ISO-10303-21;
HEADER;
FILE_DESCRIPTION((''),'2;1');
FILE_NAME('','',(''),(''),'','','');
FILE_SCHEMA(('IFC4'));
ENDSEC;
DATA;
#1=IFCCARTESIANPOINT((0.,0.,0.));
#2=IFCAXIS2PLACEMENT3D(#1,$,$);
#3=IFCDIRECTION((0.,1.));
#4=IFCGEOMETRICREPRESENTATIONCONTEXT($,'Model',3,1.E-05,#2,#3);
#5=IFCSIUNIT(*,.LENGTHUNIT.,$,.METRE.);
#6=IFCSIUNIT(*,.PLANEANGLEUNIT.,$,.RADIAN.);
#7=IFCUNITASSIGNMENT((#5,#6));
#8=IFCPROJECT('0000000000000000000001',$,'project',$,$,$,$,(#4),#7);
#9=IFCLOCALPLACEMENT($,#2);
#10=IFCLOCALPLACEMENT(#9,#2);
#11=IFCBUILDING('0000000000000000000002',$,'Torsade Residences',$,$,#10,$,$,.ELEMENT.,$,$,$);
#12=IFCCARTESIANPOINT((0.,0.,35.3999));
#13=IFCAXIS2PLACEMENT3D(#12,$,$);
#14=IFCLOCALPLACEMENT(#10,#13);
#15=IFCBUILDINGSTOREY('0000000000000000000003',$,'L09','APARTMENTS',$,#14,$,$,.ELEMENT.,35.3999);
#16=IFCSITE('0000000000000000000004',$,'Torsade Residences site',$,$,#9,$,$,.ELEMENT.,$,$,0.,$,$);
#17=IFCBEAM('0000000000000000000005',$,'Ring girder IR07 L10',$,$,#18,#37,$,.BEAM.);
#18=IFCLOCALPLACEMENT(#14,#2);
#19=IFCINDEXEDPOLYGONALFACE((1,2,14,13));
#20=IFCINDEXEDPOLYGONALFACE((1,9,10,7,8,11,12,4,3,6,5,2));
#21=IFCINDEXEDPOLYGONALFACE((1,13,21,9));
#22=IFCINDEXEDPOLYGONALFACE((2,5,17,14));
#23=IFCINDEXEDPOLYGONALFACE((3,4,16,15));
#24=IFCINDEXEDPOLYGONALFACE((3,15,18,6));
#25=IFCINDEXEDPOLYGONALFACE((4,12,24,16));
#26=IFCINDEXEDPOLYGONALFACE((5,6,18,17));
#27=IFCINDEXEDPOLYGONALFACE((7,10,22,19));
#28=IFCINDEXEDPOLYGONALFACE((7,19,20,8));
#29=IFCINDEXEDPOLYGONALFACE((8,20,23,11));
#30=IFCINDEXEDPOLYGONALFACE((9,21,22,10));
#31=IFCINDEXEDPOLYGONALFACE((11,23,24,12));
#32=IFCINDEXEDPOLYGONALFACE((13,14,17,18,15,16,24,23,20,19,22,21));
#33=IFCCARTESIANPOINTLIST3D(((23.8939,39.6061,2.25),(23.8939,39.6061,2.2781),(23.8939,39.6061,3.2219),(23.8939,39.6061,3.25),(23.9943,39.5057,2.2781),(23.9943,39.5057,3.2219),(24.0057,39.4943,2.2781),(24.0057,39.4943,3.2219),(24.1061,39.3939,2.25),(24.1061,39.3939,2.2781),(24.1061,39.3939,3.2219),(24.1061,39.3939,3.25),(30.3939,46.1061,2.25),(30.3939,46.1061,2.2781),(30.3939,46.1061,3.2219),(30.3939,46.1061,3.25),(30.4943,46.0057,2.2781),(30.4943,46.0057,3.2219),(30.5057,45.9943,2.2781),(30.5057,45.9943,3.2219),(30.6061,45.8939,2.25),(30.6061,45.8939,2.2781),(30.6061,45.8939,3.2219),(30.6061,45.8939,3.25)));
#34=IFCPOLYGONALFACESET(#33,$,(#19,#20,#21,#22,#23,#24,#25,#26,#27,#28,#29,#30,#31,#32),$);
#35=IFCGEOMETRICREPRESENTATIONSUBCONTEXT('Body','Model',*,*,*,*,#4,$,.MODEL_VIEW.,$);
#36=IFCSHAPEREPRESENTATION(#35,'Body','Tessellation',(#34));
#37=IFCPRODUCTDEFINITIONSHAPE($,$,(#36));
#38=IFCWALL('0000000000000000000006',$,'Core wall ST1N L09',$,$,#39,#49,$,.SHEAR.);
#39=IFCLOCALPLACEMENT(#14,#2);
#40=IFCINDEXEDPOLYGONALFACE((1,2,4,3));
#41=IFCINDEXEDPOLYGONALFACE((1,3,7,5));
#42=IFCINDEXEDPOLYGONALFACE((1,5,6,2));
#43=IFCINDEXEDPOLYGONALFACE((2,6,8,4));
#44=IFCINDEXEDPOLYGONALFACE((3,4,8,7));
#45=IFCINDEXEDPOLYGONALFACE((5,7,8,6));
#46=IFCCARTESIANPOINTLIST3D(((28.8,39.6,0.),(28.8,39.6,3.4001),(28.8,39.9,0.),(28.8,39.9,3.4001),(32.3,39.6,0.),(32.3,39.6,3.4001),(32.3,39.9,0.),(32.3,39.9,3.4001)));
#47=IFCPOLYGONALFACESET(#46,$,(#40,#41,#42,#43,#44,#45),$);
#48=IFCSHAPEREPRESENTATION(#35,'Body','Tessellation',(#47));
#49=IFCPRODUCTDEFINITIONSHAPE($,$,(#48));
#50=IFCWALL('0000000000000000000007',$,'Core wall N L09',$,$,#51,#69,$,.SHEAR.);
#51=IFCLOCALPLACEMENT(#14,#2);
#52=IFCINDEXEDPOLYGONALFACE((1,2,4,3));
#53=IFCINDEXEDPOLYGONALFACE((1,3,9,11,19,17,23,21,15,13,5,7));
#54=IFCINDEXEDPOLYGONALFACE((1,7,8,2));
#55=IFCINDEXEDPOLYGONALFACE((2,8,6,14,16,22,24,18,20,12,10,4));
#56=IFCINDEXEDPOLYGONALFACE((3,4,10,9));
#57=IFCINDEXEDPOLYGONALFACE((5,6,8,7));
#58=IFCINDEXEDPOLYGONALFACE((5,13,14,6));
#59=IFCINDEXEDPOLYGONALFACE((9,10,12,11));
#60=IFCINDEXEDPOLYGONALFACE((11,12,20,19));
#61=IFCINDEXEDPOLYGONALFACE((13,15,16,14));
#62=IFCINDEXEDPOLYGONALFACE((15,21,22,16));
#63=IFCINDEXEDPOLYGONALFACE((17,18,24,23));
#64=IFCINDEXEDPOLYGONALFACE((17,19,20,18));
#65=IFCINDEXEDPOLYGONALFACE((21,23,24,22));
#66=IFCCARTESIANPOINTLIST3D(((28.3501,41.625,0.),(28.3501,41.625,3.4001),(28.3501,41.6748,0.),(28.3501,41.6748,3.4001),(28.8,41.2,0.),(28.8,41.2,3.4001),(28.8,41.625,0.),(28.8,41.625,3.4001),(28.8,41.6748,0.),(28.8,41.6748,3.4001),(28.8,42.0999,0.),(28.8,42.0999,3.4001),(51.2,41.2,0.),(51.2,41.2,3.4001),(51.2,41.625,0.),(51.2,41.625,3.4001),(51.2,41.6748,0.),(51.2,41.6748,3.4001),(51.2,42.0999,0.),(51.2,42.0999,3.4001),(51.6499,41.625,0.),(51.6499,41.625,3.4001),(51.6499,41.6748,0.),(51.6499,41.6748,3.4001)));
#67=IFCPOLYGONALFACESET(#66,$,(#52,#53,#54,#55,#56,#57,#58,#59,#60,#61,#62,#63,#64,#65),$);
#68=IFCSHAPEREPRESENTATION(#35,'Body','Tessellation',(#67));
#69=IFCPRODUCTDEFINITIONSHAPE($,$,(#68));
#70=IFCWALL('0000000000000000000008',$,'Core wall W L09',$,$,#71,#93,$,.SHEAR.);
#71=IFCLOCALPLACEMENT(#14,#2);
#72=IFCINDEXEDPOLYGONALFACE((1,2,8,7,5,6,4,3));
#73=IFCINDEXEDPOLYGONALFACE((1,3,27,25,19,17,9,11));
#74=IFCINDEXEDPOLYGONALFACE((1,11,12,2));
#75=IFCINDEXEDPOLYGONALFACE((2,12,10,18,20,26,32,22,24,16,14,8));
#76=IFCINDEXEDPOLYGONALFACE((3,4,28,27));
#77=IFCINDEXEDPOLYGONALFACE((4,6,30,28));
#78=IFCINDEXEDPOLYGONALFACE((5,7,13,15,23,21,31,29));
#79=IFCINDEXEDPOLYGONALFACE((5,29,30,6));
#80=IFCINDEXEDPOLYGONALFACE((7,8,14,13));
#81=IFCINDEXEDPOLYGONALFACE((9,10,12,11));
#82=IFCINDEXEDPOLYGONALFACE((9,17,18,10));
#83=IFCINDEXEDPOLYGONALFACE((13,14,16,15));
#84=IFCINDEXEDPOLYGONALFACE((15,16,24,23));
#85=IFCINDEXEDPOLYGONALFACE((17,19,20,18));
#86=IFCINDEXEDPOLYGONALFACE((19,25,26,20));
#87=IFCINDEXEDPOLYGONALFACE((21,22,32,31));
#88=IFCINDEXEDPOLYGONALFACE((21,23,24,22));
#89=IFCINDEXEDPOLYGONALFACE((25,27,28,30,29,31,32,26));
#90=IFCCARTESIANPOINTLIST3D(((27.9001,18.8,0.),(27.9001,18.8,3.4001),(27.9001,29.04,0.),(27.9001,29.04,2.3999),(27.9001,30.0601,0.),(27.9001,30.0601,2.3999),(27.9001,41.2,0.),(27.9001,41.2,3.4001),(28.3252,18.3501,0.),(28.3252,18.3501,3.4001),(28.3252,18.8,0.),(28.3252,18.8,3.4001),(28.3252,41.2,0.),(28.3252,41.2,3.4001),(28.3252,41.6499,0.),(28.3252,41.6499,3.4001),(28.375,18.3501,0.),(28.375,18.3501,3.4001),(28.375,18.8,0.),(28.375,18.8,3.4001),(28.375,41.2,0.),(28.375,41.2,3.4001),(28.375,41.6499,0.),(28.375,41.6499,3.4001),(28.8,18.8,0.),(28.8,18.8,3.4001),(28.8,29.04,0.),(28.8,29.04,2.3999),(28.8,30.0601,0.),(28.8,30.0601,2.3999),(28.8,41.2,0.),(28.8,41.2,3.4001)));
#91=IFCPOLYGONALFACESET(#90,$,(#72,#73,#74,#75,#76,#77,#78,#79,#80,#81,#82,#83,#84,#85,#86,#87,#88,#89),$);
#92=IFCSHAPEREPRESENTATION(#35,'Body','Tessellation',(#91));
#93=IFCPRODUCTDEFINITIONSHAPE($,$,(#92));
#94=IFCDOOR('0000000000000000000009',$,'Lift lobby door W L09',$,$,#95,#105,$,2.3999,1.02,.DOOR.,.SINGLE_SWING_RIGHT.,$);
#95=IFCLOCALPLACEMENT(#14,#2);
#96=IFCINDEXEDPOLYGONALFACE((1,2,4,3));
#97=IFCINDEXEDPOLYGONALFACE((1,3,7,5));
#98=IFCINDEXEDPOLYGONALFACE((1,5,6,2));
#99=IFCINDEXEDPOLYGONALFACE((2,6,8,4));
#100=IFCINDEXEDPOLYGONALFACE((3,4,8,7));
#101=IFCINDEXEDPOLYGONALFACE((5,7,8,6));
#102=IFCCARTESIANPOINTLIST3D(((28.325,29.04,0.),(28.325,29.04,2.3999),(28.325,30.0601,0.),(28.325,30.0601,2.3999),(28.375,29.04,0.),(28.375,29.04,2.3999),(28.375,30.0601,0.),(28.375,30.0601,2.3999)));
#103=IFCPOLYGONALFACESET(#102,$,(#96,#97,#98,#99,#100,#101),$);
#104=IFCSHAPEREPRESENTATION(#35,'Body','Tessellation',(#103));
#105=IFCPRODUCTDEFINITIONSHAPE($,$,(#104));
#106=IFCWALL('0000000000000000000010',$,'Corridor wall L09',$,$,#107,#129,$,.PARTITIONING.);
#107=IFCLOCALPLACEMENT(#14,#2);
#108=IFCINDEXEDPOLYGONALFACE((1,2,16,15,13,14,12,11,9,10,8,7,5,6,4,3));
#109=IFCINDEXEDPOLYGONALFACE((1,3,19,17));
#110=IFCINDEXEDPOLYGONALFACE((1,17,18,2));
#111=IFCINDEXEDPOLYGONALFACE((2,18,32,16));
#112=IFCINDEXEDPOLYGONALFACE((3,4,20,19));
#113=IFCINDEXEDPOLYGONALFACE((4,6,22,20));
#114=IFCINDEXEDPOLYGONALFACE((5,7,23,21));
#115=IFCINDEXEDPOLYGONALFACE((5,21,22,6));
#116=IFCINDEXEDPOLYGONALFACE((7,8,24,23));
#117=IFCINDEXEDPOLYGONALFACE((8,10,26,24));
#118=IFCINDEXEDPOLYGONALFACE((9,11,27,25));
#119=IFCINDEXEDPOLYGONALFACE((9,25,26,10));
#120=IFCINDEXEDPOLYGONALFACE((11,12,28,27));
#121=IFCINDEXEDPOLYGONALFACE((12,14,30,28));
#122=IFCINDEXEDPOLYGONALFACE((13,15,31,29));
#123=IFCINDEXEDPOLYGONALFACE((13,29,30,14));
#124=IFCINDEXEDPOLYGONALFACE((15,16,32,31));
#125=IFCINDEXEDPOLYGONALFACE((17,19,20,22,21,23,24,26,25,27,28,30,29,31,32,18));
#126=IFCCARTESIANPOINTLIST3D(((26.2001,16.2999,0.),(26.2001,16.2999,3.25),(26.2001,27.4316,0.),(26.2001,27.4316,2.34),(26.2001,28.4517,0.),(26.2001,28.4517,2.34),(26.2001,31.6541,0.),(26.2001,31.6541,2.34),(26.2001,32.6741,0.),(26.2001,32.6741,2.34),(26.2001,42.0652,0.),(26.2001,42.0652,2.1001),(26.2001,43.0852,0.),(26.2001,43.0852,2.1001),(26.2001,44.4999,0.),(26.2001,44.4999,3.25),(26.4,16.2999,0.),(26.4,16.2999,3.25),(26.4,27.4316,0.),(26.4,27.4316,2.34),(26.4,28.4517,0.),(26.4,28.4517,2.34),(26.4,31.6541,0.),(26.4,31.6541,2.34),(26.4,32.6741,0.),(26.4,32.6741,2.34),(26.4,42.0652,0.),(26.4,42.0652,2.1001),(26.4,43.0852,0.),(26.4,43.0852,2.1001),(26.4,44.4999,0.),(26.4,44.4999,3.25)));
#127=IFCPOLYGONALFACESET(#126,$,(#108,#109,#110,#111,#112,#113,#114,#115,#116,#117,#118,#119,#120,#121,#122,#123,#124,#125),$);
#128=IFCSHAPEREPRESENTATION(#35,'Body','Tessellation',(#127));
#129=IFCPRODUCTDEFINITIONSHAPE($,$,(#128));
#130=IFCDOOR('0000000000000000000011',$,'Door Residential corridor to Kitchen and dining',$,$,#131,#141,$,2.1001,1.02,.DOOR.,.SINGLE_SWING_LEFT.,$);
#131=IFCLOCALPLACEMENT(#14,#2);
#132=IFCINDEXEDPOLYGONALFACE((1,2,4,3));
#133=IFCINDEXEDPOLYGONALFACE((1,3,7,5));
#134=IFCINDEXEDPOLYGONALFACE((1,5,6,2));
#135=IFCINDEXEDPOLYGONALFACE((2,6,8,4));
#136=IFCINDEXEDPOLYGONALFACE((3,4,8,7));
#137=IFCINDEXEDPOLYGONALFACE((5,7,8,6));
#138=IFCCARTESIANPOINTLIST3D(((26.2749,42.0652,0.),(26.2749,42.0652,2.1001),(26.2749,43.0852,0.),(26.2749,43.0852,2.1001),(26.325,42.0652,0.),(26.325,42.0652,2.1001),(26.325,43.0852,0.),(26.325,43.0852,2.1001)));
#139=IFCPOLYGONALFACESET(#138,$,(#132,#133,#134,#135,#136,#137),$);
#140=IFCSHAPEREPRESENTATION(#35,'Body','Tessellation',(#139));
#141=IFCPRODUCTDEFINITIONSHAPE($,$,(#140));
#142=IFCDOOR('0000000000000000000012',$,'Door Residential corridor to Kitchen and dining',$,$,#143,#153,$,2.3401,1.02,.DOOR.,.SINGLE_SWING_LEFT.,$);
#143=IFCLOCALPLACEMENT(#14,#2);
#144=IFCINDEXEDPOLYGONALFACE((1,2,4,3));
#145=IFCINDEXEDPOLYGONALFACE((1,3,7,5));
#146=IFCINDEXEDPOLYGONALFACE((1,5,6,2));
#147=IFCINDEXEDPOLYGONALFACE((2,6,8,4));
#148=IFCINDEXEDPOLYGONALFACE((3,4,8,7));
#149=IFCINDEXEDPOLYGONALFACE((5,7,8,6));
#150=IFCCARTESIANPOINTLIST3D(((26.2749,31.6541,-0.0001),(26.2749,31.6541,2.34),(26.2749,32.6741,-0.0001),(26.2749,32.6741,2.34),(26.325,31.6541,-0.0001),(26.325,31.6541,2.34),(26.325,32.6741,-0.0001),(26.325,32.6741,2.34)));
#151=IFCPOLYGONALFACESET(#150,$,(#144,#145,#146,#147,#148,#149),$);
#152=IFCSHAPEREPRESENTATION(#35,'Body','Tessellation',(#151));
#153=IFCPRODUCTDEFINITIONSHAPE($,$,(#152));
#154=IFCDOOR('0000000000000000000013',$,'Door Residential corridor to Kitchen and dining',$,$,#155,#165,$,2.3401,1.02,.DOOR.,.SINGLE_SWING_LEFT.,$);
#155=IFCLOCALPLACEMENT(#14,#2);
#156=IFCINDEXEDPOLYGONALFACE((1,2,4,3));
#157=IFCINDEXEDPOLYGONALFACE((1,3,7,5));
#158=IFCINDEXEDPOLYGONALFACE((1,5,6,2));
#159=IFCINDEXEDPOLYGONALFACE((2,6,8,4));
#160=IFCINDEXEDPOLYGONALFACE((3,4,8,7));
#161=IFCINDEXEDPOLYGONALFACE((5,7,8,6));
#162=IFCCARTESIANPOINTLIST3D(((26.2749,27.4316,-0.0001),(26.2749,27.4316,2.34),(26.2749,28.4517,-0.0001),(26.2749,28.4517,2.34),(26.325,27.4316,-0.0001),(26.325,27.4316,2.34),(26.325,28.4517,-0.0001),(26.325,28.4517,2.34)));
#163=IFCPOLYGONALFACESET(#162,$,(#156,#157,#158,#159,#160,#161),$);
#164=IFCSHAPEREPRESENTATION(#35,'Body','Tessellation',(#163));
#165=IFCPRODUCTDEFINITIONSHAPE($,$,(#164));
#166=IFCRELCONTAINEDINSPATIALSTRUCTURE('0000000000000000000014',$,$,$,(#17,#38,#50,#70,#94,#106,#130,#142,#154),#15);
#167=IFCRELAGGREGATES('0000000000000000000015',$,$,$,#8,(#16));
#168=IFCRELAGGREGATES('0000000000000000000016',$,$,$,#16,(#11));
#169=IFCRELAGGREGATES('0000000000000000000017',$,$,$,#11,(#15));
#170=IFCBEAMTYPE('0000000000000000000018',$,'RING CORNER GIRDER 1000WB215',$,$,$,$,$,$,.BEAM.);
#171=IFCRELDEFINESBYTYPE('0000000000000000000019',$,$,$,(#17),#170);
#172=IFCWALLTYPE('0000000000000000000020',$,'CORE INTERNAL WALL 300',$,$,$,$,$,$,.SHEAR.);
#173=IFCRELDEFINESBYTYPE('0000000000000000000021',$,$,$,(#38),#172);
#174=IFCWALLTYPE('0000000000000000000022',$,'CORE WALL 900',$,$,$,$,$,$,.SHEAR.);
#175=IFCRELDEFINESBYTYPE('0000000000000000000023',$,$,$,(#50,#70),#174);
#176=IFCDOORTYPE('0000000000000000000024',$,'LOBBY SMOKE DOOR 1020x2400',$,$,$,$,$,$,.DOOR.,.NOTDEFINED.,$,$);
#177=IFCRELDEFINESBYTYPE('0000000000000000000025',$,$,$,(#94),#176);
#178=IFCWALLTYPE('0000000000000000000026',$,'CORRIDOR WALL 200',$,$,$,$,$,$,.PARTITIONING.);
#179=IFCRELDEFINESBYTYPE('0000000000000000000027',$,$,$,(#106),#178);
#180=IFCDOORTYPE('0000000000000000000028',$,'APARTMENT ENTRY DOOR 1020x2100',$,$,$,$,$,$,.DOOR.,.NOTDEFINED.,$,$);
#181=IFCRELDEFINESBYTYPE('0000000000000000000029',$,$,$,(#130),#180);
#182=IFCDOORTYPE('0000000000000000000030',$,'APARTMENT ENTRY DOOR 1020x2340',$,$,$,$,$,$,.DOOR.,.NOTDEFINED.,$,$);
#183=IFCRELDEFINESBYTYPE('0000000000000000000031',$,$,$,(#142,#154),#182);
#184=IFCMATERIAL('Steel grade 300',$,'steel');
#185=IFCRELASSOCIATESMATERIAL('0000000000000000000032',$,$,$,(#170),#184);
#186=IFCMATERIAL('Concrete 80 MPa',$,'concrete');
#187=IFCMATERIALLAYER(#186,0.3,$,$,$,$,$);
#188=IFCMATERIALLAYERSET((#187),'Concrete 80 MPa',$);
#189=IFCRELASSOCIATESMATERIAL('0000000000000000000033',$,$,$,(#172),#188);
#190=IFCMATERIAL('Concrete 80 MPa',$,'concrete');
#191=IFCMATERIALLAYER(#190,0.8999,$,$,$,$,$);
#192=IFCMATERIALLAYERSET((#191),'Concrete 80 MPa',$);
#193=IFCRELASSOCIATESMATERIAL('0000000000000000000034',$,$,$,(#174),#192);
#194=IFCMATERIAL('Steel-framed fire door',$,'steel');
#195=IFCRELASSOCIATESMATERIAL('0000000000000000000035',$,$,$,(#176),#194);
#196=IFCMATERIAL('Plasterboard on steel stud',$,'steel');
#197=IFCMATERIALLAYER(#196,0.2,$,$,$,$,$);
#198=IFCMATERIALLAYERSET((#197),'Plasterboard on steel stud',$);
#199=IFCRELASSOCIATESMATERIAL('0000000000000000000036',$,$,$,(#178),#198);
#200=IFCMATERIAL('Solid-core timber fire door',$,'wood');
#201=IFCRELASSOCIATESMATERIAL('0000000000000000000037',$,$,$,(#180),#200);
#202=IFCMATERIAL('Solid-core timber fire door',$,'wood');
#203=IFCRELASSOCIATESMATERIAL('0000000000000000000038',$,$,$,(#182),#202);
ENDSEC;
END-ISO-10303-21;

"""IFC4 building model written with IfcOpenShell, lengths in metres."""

from ifc_helpers import new_model, si_unit, direction, frame, frame_2d, origin, origin_2d, place, context, subcontext, project, spatial, polyline, rectangle, i_section, outline, extrude, material, layer, layer_set, material_profile, profile_set, type_object, element, fill, save


model = new_model("IFC4")

# Units and contexts
model_context = context("Model", 3, precision=1e-05, world=origin(), true_north=direction((0.0, 1.0)))
body_context = subcontext(model_context, "Body", "Model", "MODEL_VIEW")
ifc_project = project(units=[si_unit("LENGTHUNIT", "METRE"), si_unit("PLANEANGLEUNIT", "RADIAN")], contexts=[model_context])

# Site, building, storey
site_placement = place(None, origin())
site = spatial("IfcSite", under=ifc_project, at=site_placement, Name="Torsade Residences site", CompositionType="ELEMENT", RefElevation=0.0)
building_placement = place(site_placement, origin())
building = spatial("IfcBuilding", under=site, at=building_placement, Name="Torsade Residences", CompositionType="ELEMENT")
storey_placement = place(building_placement, frame((0.0, 0.0, 35.3999)))
storey = spatial("IfcBuildingStorey", under=building, at=storey_placement, Name="L09", Description="APARTMENTS", CompositionType="ELEMENT", Elevation=35.3999)

# Beam
ifc_material_1 = material(Name="Steel grade 300", Category="steel")
ifc_material_profile_1 = material_profile(ifc_material_1, i_section(OverallWidth=0.3, OverallDepth=1.0, WebThickness=0.0161, FlangeThickness=0.0281, at=origin_2d()), Name="1000WB215")
ifc_profile_set_1 = profile_set([ifc_material_profile_1], Name="Steel grade 300")
beam_type_1 = type_object("IfcBeamType", Name="RING CORNER GIRDER 1000WB215", PredefinedType="BEAM", material=ifc_profile_set_1)
beam_1_placement = place(storey_placement, frame((30.5, 46.0, 2.75), z_axis=(-0.707107, -0.707107, 0.0), x_axis=(0.707107, -0.707107, 0.0)))
element("IfcBeam", 1, at=beam_1_placement, inside=storey, type_object=beam_type_1, Name="Ring girder IR07 L10", PredefinedType="BEAM", context=body_context, shape_type="SweptSolid", body=[
    extrude(i_section(OverallWidth=0.3, OverallDepth=1.0, WebThickness=0.0161, FlangeThickness=0.0281, at=origin_2d()), origin(), (0.0, 0.0, 1.0), 9.1924),
])

# Walls
ifc_material_2 = material(Name="Concrete 80 MPa", Category="concrete")
ifc_layer_1 = layer(ifc_material_2, 0.3)
ifc_layer_set_1 = layer_set([ifc_layer_1], Name="Concrete 80 MPa")
wall_type_1 = type_object("IfcWallType", Name="CORE INTERNAL WALL 300", PredefinedType="SHEAR", material=ifc_layer_set_1)
wall_1_placement = place(storey_placement, frame((28.8, 39.75, 0.0), z_axis=(0.0, 0.0, 1.0), x_axis=(1.0, 0.0, 0.0)))
element("IfcWall", 2, at=wall_1_placement, inside=storey, type_object=wall_type_1, Name="Core wall ST1N L09", PredefinedType="SHEAR", context=body_context, shape_type="SweptSolid", body=[
    extrude(rectangle(XDim=3.5, YDim=0.3, at=frame_2d((1.75, 0.0))), origin(), (0.0, 0.0, 1.0), 3.4001),
])
ifc_material_3 = material(Name="Concrete 80 MPa", Category="concrete")
ifc_layer_2 = layer(ifc_material_3, 0.8999)
ifc_layer_set_2 = layer_set([ifc_layer_2], Name="Concrete 80 MPa")
wall_type_2 = type_object("IfcWallType", Name="CORE WALL 900", PredefinedType="SHEAR", material=ifc_layer_set_2)
wall_2_placement = place(storey_placement, frame((28.8, 41.6499, 0.0), z_axis=(0.0, 0.0, 1.0), x_axis=(1.0, 0.0, 0.0)))
element("IfcWall", 3, at=wall_2_placement, inside=storey, type_object=wall_type_2, Name="Core wall N L09", PredefinedType="SHEAR", context=body_context, shape_type="SweptSolid", body=[
    extrude(outline(polyline([(0.0, -0.45), (22.3999, -0.45), (22.3999, -0.0249), (22.8499, -0.0249), (22.8499, 0.0249), (22.3999, 0.0249), (22.3999, 0.45), (0.0, 0.45), (0.0, 0.0249), (-0.45, 0.0249), (-0.45, -0.0249), (0.0, -0.0249), (0.0, -0.45)])), origin(), (0.0, 0.0, 1.0), 3.4001),
])

# Wall, opening, door
wall_3_placement = place(storey_placement, frame((28.3501, 41.2, 0.0), z_axis=(0.0, 0.0, 1.0), x_axis=(0.0, -1.0, 0.0)))
wall_3 = element("IfcWall", 4, at=wall_3_placement, inside=storey, type_object=wall_type_2, Name="Core wall W L09", PredefinedType="SHEAR", context=body_context, shape_type="SweptSolid", body=[
    extrude(outline(polyline([(0.0, -0.45), (22.3999, -0.45), (22.3999, -0.0249), (22.8499, -0.0249), (22.8499, 0.0249), (22.3999, 0.0249), (22.3999, 0.45), (0.0, 0.45), (0.0, 0.0249), (-0.45, 0.0249), (-0.45, -0.0249), (0.0, -0.0249), (0.0, -0.45)])), origin(), (0.0, 0.0, 1.0), 3.4001),
])
opening_1_placement = place(wall_3_placement, frame((11.1399, 0.0, 0.0)))
opening_1 = element("IfcOpeningElement", 5, at=opening_1_placement, cuts=wall_3, PredefinedType="OPENING", context=body_context, shape_type="SweptSolid", body=[
    extrude(rectangle(XDim=1.02, YDim=2.3999, at=frame_2d((0.51, 1.2))), frame((0.0, 0.46, 0.0), z_axis=(0.0, -1.0, 0.0), x_axis=(1.0, 0.0, 0.0)), (0.0, 0.0, 1.0), 0.9199),
])
ifc_material_4 = material(Name="Steel-framed fire door", Category="steel")
door_type_1 = type_object("IfcDoorType", Name="LOBBY SMOKE DOOR 1020x2400", OperationType="NOTDEFINED", PredefinedType="DOOR", material=ifc_material_4)
door_1_placement = place(opening_1_placement, origin())
door_1 = element("IfcDoor", 6, at=door_1_placement, inside=storey, type_object=door_type_1, Name="Lift lobby door W L09", OperationType="SINGLE_SWING_RIGHT", OverallHeight=2.3999, OverallWidth=1.02, PredefinedType="DOOR", context=body_context, shape_type="SweptSolid", body=[
    extrude(rectangle(XDim=1.02, YDim=2.3999, at=frame_2d((0.51, 1.2))), frame((0.0, 0.0249, 0.0), z_axis=(0.0, -1.0, 0.0), x_axis=(1.0, 0.0, 0.0)), (0.0, 0.0, 1.0), 0.05),
])
fill(opening_1, door_1)

# Wall, openings, doors
ifc_material_5 = material(Name="Plasterboard on steel stud", Category="steel")
ifc_layer_3 = layer(ifc_material_5, 0.2)
ifc_layer_set_3 = layer_set([ifc_layer_3], Name="Plasterboard on steel stud")
wall_type_3 = type_object("IfcWallType", Name="CORRIDOR WALL 200", PredefinedType="PARTITIONING", material=ifc_layer_set_3)
wall_4_placement = place(storey_placement, frame((26.3, 44.5, 0.0), z_axis=(0.0, 0.0, 1.0), x_axis=(0.0, -1.0, 0.0)))
wall_4 = element("IfcWall", 7, at=wall_4_placement, inside=storey, type_object=wall_type_3, Name="Corridor wall L09", PredefinedType="PARTITIONING", context=body_context, shape_type="SweptSolid", body=[
    extrude(rectangle(XDim=28.2, YDim=0.2, at=frame_2d((14.1001, 0.0))), origin(), (0.0, 0.0, 1.0), 3.25),
])
opening_2_placement = place(wall_4_placement, frame((11.8259, 0.0, 0.0)))
opening_2 = element("IfcOpeningElement", 8, at=opening_2_placement, cuts=wall_4, PredefinedType="OPENING", context=body_context, shape_type="SweptSolid", body=[
    extrude(rectangle(XDim=1.02, YDim=2.3401, at=frame_2d((0.51, 1.1699))), frame((0.0, 0.1099, 0.0), z_axis=(0.0, -1.0, 0.0), x_axis=(1.0, 0.0, 0.0)), (0.0, 0.0, 1.0), 0.22),
])
opening_3_placement = place(wall_4_placement, frame((16.0483, 0.0, 0.0)))
opening_3 = element("IfcOpeningElement", 9, at=opening_3_placement, cuts=wall_4, PredefinedType="OPENING", context=body_context, shape_type="SweptSolid", body=[
    extrude(rectangle(XDim=1.02, YDim=2.3401, at=frame_2d((0.51, 1.1699))), frame((0.0, 0.1099, 0.0), z_axis=(0.0, -1.0, 0.0), x_axis=(1.0, 0.0, 0.0)), (0.0, 0.0, 1.0), 0.22),
])
opening_4_placement = place(wall_4_placement, frame((1.4148, 0.0, 0.0)))
opening_4 = element("IfcOpeningElement", 10, at=opening_4_placement, cuts=wall_4, PredefinedType="OPENING", context=body_context, shape_type="SweptSolid", body=[
    extrude(rectangle(XDim=1.02, YDim=2.1001, at=frame_2d((0.51, 1.05))), frame((0.0, 0.1099, 0.0), z_axis=(0.0, -1.0, 0.0), x_axis=(1.0, 0.0, 0.0)), (0.0, 0.0, 1.0), 0.22),
])
ifc_material_6 = material(Name="Solid-core timber fire door", Category="wood")
door_type_2 = type_object("IfcDoorType", Name="APARTMENT ENTRY DOOR 1020x2100", OperationType="NOTDEFINED", PredefinedType="DOOR", material=ifc_material_6)
door_2_placement = place(opening_4_placement, origin())
door_2 = element("IfcDoor", 11, at=door_2_placement, inside=storey, type_object=door_type_2, Name="Door Residential corridor to Kitchen and dining", OperationType="SINGLE_SWING_LEFT", OverallHeight=2.1001, OverallWidth=1.02, PredefinedType="DOOR", context=body_context, shape_type="SweptSolid", body=[
    extrude(rectangle(XDim=1.02, YDim=2.1001, at=frame_2d((0.51, 1.05))), frame((0.0, 0.0249, 0.0), z_axis=(0.0, -1.0, 0.0), x_axis=(1.0, 0.0, 0.0)), (0.0, 0.0, 1.0), 0.05),
])
fill(opening_4, door_2)
ifc_material_7 = material(Name="Solid-core timber fire door", Category="wood")
door_type_3 = type_object("IfcDoorType", Name="APARTMENT ENTRY DOOR 1020x2340", OperationType="NOTDEFINED", PredefinedType="DOOR", material=ifc_material_7)
door_3_placement = place(opening_2_placement, origin())
door_3 = element("IfcDoor", 12, at=door_3_placement, inside=storey, type_object=door_type_3, Name="Door Residential corridor to Kitchen and dining", OperationType="SINGLE_SWING_LEFT", OverallHeight=2.3401, OverallWidth=1.02, PredefinedType="DOOR", context=body_context, shape_type="SweptSolid", body=[
    extrude(rectangle(XDim=1.02, YDim=2.3401, at=frame_2d((0.51, 1.1699))), frame((0.0, 0.0249, 0.0), z_axis=(0.0, -1.0, 0.0), x_axis=(1.0, 0.0, 0.0)), (0.0, 0.0, 1.0), 0.05),
])
fill(opening_2, door_3)
door_4_placement = place(opening_3_placement, origin())
door_4 = element("IfcDoor", 13, at=door_4_placement, inside=storey, type_object=door_type_3, Name="Door Residential corridor to Kitchen and dining", OperationType="SINGLE_SWING_LEFT", OverallHeight=2.3401, OverallWidth=1.02, PredefinedType="DOOR", context=body_context, shape_type="SweptSolid", body=[
    extrude(rectangle(XDim=1.02, YDim=2.3401, at=frame_2d((0.51, 1.1699))), frame((0.0, 0.0249, 0.0), z_axis=(0.0, -1.0, 0.0), x_axis=(1.0, 0.0, 0.0)), (0.0, 0.0, 1.0), 0.05),
])
fill(opening_3, door_4)

save(model, "model.ifc")
